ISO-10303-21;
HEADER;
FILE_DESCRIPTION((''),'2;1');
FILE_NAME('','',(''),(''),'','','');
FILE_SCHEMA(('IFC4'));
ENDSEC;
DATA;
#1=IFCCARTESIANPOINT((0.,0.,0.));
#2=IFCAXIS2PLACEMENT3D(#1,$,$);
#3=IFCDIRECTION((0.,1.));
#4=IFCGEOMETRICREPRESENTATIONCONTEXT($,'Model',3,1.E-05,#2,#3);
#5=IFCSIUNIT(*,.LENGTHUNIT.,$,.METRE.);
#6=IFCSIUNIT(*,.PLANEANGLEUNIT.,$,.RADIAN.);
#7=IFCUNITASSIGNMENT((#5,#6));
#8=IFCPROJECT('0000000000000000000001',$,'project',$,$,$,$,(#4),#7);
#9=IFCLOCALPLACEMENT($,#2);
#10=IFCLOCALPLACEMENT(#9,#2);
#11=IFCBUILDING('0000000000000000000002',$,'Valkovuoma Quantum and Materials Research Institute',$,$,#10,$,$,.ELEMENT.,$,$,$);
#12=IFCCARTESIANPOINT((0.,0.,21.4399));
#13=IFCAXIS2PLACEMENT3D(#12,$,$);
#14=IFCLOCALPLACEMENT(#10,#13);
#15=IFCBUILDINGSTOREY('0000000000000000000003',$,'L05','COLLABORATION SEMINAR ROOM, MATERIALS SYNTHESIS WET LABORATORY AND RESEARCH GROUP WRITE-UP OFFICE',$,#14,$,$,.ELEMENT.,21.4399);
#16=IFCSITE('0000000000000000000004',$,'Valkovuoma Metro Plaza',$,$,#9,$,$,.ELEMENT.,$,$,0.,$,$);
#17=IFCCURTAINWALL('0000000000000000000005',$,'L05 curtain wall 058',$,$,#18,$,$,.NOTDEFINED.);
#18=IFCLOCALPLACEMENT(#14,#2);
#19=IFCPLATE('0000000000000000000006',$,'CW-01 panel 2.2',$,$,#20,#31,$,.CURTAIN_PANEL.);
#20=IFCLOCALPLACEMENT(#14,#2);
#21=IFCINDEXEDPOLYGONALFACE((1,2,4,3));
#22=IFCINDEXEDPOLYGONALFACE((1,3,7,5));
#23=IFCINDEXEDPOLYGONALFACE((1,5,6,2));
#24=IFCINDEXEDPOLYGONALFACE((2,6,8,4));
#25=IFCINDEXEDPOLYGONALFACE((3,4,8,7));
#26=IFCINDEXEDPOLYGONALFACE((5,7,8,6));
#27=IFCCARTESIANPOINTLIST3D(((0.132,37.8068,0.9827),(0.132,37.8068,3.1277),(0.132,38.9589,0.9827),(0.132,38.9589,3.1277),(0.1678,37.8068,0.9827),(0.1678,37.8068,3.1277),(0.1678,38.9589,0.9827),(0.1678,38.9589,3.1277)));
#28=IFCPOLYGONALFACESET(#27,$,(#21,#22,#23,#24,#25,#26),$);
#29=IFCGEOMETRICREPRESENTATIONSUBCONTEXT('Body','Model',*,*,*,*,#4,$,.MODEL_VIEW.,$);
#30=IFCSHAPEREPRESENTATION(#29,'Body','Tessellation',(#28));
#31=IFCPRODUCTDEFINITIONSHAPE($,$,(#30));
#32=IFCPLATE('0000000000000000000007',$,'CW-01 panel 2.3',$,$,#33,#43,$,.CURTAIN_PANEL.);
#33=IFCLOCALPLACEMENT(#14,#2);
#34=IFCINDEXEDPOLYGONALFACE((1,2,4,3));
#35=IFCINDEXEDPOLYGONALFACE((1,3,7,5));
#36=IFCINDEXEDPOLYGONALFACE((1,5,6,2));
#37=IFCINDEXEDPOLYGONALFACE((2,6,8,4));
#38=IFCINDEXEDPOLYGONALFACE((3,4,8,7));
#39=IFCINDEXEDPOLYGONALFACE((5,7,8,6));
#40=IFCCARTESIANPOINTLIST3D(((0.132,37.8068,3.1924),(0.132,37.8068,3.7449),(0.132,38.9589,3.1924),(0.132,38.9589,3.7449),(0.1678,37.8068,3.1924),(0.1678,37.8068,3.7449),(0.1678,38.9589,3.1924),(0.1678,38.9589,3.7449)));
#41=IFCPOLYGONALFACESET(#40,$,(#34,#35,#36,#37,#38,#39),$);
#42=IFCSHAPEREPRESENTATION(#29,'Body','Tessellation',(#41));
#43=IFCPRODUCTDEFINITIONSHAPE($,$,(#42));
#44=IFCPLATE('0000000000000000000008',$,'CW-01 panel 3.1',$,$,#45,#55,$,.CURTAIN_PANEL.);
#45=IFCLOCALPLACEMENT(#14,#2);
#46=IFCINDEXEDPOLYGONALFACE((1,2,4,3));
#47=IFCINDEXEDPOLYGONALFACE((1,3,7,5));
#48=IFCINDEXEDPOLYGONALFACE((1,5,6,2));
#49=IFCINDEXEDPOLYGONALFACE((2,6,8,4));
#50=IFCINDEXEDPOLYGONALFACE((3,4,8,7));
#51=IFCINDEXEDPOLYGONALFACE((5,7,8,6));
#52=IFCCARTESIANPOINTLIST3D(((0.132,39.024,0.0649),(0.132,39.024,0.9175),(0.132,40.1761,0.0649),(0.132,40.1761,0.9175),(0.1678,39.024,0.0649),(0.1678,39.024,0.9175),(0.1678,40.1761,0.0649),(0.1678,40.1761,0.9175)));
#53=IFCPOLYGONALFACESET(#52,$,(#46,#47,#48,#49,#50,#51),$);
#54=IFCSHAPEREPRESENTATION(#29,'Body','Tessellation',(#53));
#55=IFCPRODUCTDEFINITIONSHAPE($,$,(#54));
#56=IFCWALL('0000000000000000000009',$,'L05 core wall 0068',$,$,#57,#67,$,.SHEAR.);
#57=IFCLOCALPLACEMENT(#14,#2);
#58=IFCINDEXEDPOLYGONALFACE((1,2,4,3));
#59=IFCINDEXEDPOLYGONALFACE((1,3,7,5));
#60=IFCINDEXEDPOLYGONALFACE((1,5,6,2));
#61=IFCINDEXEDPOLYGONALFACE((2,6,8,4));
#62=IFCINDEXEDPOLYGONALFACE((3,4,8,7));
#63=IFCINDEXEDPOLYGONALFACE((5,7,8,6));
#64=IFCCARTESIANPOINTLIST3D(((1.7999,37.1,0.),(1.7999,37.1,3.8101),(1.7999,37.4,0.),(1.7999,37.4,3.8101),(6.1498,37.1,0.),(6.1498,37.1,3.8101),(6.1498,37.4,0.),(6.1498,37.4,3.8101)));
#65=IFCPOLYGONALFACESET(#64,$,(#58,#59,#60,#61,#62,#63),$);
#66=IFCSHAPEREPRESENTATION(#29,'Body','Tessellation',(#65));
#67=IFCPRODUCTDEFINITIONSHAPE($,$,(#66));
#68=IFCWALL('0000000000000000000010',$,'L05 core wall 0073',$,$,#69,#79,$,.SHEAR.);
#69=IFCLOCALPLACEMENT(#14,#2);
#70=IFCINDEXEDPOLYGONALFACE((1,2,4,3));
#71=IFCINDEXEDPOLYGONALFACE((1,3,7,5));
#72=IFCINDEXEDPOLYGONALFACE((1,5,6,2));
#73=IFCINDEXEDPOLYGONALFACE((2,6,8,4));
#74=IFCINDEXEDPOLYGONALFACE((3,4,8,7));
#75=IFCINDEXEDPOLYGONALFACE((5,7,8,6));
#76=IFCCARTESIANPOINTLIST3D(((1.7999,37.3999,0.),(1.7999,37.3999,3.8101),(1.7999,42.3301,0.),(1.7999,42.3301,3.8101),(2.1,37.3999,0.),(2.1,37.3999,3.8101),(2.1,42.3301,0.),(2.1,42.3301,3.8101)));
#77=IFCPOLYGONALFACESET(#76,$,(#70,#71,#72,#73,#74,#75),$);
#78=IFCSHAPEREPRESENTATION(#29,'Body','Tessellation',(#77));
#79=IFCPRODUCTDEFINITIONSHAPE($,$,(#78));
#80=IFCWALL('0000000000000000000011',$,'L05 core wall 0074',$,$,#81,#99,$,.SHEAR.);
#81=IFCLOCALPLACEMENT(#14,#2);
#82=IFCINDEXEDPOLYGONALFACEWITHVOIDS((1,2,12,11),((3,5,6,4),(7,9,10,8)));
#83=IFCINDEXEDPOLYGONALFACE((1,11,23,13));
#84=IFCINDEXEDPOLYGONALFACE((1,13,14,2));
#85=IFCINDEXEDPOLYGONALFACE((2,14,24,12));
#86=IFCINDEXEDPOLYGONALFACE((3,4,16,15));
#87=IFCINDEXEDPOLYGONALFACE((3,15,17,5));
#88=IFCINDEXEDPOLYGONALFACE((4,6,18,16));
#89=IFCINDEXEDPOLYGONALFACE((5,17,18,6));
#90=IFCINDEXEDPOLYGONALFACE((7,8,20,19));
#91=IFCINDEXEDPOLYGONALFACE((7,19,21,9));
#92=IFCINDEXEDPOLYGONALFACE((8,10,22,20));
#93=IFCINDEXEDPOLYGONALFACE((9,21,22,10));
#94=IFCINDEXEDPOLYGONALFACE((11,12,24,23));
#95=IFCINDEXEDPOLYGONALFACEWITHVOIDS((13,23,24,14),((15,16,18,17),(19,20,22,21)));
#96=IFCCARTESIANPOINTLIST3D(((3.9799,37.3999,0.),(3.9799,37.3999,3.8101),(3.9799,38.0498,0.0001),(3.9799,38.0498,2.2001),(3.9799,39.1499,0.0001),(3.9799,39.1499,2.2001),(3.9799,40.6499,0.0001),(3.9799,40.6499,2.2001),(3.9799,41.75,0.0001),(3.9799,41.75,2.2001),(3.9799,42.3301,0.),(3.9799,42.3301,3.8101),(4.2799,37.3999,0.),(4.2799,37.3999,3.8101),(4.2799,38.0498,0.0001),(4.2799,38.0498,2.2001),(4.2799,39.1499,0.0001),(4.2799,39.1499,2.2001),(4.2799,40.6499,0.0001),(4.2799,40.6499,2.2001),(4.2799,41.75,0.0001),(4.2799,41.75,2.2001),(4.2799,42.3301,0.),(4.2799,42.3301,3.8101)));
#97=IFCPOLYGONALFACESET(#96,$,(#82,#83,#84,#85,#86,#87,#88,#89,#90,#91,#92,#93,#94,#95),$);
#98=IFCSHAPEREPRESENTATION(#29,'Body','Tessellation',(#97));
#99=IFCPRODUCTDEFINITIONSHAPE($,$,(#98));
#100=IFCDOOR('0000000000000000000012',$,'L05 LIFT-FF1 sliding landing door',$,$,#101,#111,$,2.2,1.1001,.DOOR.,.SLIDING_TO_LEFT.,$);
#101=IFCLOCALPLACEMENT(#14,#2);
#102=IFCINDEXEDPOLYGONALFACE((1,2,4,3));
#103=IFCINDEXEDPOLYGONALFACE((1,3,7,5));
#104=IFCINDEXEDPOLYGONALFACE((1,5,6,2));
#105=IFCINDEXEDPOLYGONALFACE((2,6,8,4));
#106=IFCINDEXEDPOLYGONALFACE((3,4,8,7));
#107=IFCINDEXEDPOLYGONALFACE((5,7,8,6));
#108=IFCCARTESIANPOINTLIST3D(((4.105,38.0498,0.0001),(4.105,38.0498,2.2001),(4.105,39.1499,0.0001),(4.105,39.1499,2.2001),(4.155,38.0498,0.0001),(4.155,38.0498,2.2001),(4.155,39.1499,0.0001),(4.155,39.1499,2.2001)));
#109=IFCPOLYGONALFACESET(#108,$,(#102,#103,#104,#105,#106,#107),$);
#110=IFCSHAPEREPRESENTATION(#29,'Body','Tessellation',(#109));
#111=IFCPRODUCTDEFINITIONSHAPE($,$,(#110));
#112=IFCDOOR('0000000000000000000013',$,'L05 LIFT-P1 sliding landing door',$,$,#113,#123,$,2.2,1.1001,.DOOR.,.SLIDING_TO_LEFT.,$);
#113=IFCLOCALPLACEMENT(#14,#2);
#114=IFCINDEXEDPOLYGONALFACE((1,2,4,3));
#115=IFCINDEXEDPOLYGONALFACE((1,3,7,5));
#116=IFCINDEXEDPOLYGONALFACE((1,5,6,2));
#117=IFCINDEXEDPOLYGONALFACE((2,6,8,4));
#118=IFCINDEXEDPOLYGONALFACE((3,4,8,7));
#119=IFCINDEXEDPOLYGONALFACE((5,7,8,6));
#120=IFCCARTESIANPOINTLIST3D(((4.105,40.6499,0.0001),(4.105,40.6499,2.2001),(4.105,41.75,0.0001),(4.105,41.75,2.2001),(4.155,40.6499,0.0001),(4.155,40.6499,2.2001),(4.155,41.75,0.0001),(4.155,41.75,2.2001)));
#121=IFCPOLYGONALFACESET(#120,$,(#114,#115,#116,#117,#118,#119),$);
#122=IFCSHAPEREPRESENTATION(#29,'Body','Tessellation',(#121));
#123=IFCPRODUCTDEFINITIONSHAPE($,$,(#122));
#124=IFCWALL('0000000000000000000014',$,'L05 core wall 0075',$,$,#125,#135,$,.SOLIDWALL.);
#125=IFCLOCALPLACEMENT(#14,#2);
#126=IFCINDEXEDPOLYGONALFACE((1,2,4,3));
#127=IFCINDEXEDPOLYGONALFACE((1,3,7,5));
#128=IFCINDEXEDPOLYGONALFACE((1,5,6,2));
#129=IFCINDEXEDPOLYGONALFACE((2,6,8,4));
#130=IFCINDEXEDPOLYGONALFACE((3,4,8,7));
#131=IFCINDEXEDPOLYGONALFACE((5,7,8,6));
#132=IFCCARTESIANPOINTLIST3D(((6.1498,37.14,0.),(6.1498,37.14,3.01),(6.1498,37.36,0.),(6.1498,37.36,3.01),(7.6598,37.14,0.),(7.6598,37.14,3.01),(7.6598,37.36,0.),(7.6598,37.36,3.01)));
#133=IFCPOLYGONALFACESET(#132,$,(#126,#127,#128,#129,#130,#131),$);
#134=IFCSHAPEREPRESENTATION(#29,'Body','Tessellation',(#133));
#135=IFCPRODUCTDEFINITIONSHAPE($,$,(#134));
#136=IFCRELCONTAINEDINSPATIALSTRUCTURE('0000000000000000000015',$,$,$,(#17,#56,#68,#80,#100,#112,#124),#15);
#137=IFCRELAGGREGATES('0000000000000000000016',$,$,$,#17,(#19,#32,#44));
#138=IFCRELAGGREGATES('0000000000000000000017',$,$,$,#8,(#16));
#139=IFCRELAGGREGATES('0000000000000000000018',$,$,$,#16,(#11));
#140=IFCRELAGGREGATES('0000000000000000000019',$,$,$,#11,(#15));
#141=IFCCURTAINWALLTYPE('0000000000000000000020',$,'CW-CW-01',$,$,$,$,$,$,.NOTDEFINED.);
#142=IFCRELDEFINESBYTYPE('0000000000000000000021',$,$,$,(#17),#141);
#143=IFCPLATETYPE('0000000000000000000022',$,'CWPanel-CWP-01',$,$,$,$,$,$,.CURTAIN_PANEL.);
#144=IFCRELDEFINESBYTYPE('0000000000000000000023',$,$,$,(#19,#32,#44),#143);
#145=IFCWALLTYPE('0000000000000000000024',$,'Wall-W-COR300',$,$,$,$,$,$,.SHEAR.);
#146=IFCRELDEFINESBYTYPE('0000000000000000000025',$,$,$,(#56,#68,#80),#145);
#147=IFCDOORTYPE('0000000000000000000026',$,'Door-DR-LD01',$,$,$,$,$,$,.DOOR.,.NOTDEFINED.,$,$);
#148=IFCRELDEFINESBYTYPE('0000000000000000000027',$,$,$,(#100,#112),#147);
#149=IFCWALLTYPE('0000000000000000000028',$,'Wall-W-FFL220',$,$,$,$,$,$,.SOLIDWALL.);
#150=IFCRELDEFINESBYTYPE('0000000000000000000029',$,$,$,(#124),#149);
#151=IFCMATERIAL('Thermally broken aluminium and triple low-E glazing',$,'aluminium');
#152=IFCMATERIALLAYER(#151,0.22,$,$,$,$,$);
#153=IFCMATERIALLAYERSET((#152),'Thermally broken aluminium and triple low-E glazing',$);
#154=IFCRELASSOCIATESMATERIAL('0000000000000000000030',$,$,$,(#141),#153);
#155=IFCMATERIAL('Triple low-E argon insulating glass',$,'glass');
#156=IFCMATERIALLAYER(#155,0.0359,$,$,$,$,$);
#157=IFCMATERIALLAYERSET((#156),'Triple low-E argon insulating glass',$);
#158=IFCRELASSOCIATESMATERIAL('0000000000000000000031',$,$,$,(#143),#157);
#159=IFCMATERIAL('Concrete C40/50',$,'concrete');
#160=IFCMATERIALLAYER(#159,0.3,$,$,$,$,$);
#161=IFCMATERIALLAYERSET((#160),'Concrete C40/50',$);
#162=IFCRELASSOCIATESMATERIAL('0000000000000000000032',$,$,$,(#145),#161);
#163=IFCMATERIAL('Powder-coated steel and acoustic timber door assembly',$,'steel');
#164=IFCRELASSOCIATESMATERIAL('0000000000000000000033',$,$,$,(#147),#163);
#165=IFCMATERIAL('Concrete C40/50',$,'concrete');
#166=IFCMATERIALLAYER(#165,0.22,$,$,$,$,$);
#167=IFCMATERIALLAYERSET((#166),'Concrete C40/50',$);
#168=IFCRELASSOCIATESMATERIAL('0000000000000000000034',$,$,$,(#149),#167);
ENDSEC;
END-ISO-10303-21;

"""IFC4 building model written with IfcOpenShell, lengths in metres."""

from ifc_helpers import new_model, si_unit, direction, frame, frame_2d, origin, origin_2d, place, context, subcontext, project, spatial, rectangle, extrude, material, layer, layer_set, type_object, element, fill, aggregate, save


model = new_model("IFC4")

# Units and contexts
model_context = context("Model", 3, precision=1e-05, world=origin(), true_north=direction((0.0, 1.0)))
body_context = subcontext(model_context, "Body", "Model", "MODEL_VIEW")
ifc_project = project(units=[si_unit("LENGTHUNIT", "METRE"), si_unit("PLANEANGLEUNIT", "RADIAN")], contexts=[model_context])

# Site, building, storey
site_placement = place(None, origin())
site = spatial("IfcSite", under=ifc_project, at=site_placement, Name="Valkovuoma Metro Plaza", CompositionType="ELEMENT", RefElevation=0.0)
building_placement = place(site_placement, origin())
building = spatial("IfcBuilding", under=site, at=building_placement, Name="Valkovuoma Quantum and Materials Research Institute", CompositionType="ELEMENT")
storey_placement = place(building_placement, frame((0.0, 0.0, 21.4399)))
storey = spatial("IfcBuildingStorey", under=building, at=storey_placement, Name="L05", Description="COLLABORATION SEMINAR ROOM, MATERIALS SYNTHESIS WET LABORATORY AND RESEARCH GROUP WRITE-UP OFFICE", CompositionType="ELEMENT", Elevation=21.4399)

# Curtain wall, plates
ifc_material_1 = material(Name="Thermally broken aluminium and triple low-E glazing", Category="aluminium")
ifc_layer_1 = layer(ifc_material_1, 0.22)
ifc_layer_set_1 = layer_set([ifc_layer_1], Name="Thermally broken aluminium and triple low-E glazing")
curtain_wall_type = type_object("IfcCurtainWallType", Name="CW-CW-01", PredefinedType="NOTDEFINED", material=ifc_layer_set_1)
curtain_wall_placement = place(storey_placement, origin())
curtain_wall = element("IfcCurtainWall", 1, at=curtain_wall_placement, inside=storey, type_object=curtain_wall_type, Name="L05 curtain wall 058", PredefinedType="NOTDEFINED")
ifc_material_2 = material(Name="Triple low-E argon insulating glass", Category="glass")
ifc_layer_2 = layer(ifc_material_2, 0.0359)
ifc_layer_set_2 = layer_set([ifc_layer_2], Name="Triple low-E argon insulating glass")
plate_type = type_object("IfcPlateType", Name="CWPanel-CWP-01", PredefinedType="CURTAIN_PANEL", material=ifc_layer_set_2)
plate_1_placement = place(storey_placement, frame((0.1499, 38.3828, 0.9827), z_axis=(0.0, 0.0, 1.0), x_axis=(0.0, 1.0, 0.0)))
plate_1 = element("IfcPlate", 2, at=plate_1_placement, type_object=plate_type, Name="CW-01 panel 2.2", PredefinedType="CURTAIN_PANEL", context=body_context, shape_type="SweptSolid", body=[
    extrude(rectangle(XDim=1.1521, YDim=0.0359, at=origin_2d()), origin(), (0.0, 0.0, 1.0), 2.145),
])
plate_2_placement = place(storey_placement, frame((0.1499, 38.3828, 3.1924), z_axis=(0.0, 0.0, 1.0), x_axis=(0.0, 1.0, 0.0)))
plate_2 = element("IfcPlate", 3, at=plate_2_placement, type_object=plate_type, Name="CW-01 panel 2.3", PredefinedType="CURTAIN_PANEL", context=body_context, shape_type="SweptSolid", body=[
    extrude(rectangle(XDim=1.1521, YDim=0.0359, at=origin_2d()), origin(), (0.0, 0.0, 1.0), 0.5525),
])
plate_3_placement = place(storey_placement, frame((0.1499, 39.6001, 0.0649), z_axis=(0.0, 0.0, 1.0), x_axis=(0.0, 1.0, 0.0)))
plate_3 = element("IfcPlate", 4, at=plate_3_placement, type_object=plate_type, Name="CW-01 panel 3.1", PredefinedType="CURTAIN_PANEL", context=body_context, shape_type="SweptSolid", body=[
    extrude(rectangle(XDim=1.1521, YDim=0.0359, at=origin_2d()), origin(), (0.0, 0.0, 1.0), 0.8525),
])
aggregate(curtain_wall, [plate_1, plate_2, plate_3])

# Walls
ifc_material_3 = material(Name="Concrete C40/50", Category="concrete")
ifc_layer_3 = layer(ifc_material_3, 0.3)
ifc_layer_set_3 = layer_set([ifc_layer_3], Name="Concrete C40/50")
wall_type_1 = type_object("IfcWallType", Name="Wall-W-COR300", PredefinedType="SHEAR", material=ifc_layer_set_3)
wall_1_placement = place(storey_placement, frame((1.8, 37.25, 0.0), z_axis=(0.0, 0.0, 1.0), x_axis=(1.0, 0.0, 0.0)))
element("IfcWall", 5, at=wall_1_placement, inside=storey, type_object=wall_type_1, Name="L05 core wall 0068", PredefinedType="SHEAR", context=body_context, shape_type="SweptSolid", body=[
    extrude(rectangle(XDim=4.3499, YDim=0.3, at=frame_2d((2.1748, 0.0))), origin(), (0.0, 0.0, 1.0), 3.8101),
])
wall_2_placement = place(storey_placement, frame((1.95, 37.3999, 0.0), z_axis=(0.0, 0.0, 1.0), x_axis=(0.0, 1.0, 0.0)))
element("IfcWall", 6, at=wall_2_placement, inside=storey, type_object=wall_type_1, Name="L05 core wall 0073", PredefinedType="SHEAR", context=body_context, shape_type="SweptSolid", body=[
    extrude(rectangle(XDim=4.9302, YDim=0.3, at=frame_2d((2.4651, 0.0))), origin(), (0.0, 0.0, 1.0), 3.8101),
])

# Wall, openings, doors
wall_3_placement = place(storey_placement, frame((4.1299, 37.3999, 0.0), z_axis=(0.0, 0.0, 1.0), x_axis=(0.0, 1.0, 0.0)))
wall_3 = element("IfcWall", 7, at=wall_3_placement, inside=storey, type_object=wall_type_1, Name="L05 core wall 0074", PredefinedType="SHEAR", context=body_context, shape_type="SweptSolid", body=[
    extrude(rectangle(XDim=4.9302, YDim=0.3, at=frame_2d((2.4651, 0.0))), origin(), (0.0, 0.0, 1.0), 3.8101),
])
opening_1_placement = place(wall_3_placement, frame((0.6499, 0.0, 0.0)))
opening_1 = element("IfcOpeningElement", 8, at=opening_1_placement, cuts=wall_3, PredefinedType="OPENING", context=body_context, shape_type="SweptSolid", body=[
    extrude(rectangle(XDim=1.1001, YDim=2.2, at=frame_2d((0.55, 1.1001))), frame((0.0, 0.1602, 0.0), z_axis=(0.0, -1.0, 0.0), x_axis=(1.0, 0.0, 0.0)), (0.0, 0.0, 1.0), 0.3201),
])
opening_2_placement = place(wall_3_placement, frame((3.25, 0.0, 0.0)))
opening_2 = element("IfcOpeningElement", 9, at=opening_2_placement, cuts=wall_3, PredefinedType="OPENING", context=body_context, shape_type="SweptSolid", body=[
    extrude(rectangle(XDim=1.1001, YDim=2.2, at=frame_2d((0.55, 1.1001))), frame((0.0, 0.1602, 0.0), z_axis=(0.0, -1.0, 0.0), x_axis=(1.0, 0.0, 0.0)), (0.0, 0.0, 1.0), 0.3201),
])
ifc_material_4 = material(Name="Powder-coated steel and acoustic timber door assembly", Category="steel")
door_type = type_object("IfcDoorType", Name="Door-DR-LD01", OperationType="NOTDEFINED", PredefinedType="DOOR", material=ifc_material_4)
door_1_placement = place(opening_1_placement, origin())
door_1 = element("IfcDoor", 10, at=door_1_placement, inside=storey, type_object=door_type, Name="L05 LIFT-FF1 sliding landing door", OperationType="SLIDING_TO_LEFT", OverallHeight=2.2, OverallWidth=1.1001, PredefinedType="DOOR", context=body_context, shape_type="SweptSolid", body=[
    extrude(rectangle(XDim=1.1001, YDim=2.2, at=frame_2d((0.55, 1.1001))), frame((0.0, 0.0249, 0.0), z_axis=(0.0, -1.0, 0.0), x_axis=(1.0, 0.0, 0.0)), (0.0, 0.0, 1.0), 0.05),
])
fill(opening_1, door_1)
door_2_placement = place(opening_2_placement, origin())
door_2 = element("IfcDoor", 11, at=door_2_placement, inside=storey, type_object=door_type, Name="L05 LIFT-P1 sliding landing door", OperationType="SLIDING_TO_LEFT", OverallHeight=2.2, OverallWidth=1.1001, PredefinedType="DOOR", context=body_context, shape_type="SweptSolid", body=[
    extrude(rectangle(XDim=1.1001, YDim=2.2, at=frame_2d((0.55, 1.1001))), frame((0.0, 0.0249, 0.0), z_axis=(0.0, -1.0, 0.0), x_axis=(1.0, 0.0, 0.0)), (0.0, 0.0, 1.0), 0.05),
])
fill(opening_2, door_2)

# Wall
ifc_material_5 = material(Name="Concrete C40/50", Category="concrete")
ifc_layer_4 = layer(ifc_material_5, 0.22)
ifc_layer_set_4 = layer_set([ifc_layer_4], Name="Concrete C40/50")
wall_type_2 = type_object("IfcWallType", Name="Wall-W-FFL220", PredefinedType="SOLIDWALL", material=ifc_layer_set_4)
wall_4_placement = place(storey_placement, frame((6.1499, 37.25, 0.0), z_axis=(0.0, 0.0, 1.0), x_axis=(1.0, 0.0, 0.0)))
element("IfcWall", 12, at=wall_4_placement, inside=storey, type_object=wall_type_2, Name="L05 core wall 0075", PredefinedType="SOLIDWALL", context=body_context, shape_type="SweptSolid", body=[
    extrude(rectangle(XDim=1.51, YDim=0.22, at=frame_2d((0.7549, 0.0))), origin(), (0.0, 0.0, 1.0), 3.01),
])

save(model, "model.ifc")
